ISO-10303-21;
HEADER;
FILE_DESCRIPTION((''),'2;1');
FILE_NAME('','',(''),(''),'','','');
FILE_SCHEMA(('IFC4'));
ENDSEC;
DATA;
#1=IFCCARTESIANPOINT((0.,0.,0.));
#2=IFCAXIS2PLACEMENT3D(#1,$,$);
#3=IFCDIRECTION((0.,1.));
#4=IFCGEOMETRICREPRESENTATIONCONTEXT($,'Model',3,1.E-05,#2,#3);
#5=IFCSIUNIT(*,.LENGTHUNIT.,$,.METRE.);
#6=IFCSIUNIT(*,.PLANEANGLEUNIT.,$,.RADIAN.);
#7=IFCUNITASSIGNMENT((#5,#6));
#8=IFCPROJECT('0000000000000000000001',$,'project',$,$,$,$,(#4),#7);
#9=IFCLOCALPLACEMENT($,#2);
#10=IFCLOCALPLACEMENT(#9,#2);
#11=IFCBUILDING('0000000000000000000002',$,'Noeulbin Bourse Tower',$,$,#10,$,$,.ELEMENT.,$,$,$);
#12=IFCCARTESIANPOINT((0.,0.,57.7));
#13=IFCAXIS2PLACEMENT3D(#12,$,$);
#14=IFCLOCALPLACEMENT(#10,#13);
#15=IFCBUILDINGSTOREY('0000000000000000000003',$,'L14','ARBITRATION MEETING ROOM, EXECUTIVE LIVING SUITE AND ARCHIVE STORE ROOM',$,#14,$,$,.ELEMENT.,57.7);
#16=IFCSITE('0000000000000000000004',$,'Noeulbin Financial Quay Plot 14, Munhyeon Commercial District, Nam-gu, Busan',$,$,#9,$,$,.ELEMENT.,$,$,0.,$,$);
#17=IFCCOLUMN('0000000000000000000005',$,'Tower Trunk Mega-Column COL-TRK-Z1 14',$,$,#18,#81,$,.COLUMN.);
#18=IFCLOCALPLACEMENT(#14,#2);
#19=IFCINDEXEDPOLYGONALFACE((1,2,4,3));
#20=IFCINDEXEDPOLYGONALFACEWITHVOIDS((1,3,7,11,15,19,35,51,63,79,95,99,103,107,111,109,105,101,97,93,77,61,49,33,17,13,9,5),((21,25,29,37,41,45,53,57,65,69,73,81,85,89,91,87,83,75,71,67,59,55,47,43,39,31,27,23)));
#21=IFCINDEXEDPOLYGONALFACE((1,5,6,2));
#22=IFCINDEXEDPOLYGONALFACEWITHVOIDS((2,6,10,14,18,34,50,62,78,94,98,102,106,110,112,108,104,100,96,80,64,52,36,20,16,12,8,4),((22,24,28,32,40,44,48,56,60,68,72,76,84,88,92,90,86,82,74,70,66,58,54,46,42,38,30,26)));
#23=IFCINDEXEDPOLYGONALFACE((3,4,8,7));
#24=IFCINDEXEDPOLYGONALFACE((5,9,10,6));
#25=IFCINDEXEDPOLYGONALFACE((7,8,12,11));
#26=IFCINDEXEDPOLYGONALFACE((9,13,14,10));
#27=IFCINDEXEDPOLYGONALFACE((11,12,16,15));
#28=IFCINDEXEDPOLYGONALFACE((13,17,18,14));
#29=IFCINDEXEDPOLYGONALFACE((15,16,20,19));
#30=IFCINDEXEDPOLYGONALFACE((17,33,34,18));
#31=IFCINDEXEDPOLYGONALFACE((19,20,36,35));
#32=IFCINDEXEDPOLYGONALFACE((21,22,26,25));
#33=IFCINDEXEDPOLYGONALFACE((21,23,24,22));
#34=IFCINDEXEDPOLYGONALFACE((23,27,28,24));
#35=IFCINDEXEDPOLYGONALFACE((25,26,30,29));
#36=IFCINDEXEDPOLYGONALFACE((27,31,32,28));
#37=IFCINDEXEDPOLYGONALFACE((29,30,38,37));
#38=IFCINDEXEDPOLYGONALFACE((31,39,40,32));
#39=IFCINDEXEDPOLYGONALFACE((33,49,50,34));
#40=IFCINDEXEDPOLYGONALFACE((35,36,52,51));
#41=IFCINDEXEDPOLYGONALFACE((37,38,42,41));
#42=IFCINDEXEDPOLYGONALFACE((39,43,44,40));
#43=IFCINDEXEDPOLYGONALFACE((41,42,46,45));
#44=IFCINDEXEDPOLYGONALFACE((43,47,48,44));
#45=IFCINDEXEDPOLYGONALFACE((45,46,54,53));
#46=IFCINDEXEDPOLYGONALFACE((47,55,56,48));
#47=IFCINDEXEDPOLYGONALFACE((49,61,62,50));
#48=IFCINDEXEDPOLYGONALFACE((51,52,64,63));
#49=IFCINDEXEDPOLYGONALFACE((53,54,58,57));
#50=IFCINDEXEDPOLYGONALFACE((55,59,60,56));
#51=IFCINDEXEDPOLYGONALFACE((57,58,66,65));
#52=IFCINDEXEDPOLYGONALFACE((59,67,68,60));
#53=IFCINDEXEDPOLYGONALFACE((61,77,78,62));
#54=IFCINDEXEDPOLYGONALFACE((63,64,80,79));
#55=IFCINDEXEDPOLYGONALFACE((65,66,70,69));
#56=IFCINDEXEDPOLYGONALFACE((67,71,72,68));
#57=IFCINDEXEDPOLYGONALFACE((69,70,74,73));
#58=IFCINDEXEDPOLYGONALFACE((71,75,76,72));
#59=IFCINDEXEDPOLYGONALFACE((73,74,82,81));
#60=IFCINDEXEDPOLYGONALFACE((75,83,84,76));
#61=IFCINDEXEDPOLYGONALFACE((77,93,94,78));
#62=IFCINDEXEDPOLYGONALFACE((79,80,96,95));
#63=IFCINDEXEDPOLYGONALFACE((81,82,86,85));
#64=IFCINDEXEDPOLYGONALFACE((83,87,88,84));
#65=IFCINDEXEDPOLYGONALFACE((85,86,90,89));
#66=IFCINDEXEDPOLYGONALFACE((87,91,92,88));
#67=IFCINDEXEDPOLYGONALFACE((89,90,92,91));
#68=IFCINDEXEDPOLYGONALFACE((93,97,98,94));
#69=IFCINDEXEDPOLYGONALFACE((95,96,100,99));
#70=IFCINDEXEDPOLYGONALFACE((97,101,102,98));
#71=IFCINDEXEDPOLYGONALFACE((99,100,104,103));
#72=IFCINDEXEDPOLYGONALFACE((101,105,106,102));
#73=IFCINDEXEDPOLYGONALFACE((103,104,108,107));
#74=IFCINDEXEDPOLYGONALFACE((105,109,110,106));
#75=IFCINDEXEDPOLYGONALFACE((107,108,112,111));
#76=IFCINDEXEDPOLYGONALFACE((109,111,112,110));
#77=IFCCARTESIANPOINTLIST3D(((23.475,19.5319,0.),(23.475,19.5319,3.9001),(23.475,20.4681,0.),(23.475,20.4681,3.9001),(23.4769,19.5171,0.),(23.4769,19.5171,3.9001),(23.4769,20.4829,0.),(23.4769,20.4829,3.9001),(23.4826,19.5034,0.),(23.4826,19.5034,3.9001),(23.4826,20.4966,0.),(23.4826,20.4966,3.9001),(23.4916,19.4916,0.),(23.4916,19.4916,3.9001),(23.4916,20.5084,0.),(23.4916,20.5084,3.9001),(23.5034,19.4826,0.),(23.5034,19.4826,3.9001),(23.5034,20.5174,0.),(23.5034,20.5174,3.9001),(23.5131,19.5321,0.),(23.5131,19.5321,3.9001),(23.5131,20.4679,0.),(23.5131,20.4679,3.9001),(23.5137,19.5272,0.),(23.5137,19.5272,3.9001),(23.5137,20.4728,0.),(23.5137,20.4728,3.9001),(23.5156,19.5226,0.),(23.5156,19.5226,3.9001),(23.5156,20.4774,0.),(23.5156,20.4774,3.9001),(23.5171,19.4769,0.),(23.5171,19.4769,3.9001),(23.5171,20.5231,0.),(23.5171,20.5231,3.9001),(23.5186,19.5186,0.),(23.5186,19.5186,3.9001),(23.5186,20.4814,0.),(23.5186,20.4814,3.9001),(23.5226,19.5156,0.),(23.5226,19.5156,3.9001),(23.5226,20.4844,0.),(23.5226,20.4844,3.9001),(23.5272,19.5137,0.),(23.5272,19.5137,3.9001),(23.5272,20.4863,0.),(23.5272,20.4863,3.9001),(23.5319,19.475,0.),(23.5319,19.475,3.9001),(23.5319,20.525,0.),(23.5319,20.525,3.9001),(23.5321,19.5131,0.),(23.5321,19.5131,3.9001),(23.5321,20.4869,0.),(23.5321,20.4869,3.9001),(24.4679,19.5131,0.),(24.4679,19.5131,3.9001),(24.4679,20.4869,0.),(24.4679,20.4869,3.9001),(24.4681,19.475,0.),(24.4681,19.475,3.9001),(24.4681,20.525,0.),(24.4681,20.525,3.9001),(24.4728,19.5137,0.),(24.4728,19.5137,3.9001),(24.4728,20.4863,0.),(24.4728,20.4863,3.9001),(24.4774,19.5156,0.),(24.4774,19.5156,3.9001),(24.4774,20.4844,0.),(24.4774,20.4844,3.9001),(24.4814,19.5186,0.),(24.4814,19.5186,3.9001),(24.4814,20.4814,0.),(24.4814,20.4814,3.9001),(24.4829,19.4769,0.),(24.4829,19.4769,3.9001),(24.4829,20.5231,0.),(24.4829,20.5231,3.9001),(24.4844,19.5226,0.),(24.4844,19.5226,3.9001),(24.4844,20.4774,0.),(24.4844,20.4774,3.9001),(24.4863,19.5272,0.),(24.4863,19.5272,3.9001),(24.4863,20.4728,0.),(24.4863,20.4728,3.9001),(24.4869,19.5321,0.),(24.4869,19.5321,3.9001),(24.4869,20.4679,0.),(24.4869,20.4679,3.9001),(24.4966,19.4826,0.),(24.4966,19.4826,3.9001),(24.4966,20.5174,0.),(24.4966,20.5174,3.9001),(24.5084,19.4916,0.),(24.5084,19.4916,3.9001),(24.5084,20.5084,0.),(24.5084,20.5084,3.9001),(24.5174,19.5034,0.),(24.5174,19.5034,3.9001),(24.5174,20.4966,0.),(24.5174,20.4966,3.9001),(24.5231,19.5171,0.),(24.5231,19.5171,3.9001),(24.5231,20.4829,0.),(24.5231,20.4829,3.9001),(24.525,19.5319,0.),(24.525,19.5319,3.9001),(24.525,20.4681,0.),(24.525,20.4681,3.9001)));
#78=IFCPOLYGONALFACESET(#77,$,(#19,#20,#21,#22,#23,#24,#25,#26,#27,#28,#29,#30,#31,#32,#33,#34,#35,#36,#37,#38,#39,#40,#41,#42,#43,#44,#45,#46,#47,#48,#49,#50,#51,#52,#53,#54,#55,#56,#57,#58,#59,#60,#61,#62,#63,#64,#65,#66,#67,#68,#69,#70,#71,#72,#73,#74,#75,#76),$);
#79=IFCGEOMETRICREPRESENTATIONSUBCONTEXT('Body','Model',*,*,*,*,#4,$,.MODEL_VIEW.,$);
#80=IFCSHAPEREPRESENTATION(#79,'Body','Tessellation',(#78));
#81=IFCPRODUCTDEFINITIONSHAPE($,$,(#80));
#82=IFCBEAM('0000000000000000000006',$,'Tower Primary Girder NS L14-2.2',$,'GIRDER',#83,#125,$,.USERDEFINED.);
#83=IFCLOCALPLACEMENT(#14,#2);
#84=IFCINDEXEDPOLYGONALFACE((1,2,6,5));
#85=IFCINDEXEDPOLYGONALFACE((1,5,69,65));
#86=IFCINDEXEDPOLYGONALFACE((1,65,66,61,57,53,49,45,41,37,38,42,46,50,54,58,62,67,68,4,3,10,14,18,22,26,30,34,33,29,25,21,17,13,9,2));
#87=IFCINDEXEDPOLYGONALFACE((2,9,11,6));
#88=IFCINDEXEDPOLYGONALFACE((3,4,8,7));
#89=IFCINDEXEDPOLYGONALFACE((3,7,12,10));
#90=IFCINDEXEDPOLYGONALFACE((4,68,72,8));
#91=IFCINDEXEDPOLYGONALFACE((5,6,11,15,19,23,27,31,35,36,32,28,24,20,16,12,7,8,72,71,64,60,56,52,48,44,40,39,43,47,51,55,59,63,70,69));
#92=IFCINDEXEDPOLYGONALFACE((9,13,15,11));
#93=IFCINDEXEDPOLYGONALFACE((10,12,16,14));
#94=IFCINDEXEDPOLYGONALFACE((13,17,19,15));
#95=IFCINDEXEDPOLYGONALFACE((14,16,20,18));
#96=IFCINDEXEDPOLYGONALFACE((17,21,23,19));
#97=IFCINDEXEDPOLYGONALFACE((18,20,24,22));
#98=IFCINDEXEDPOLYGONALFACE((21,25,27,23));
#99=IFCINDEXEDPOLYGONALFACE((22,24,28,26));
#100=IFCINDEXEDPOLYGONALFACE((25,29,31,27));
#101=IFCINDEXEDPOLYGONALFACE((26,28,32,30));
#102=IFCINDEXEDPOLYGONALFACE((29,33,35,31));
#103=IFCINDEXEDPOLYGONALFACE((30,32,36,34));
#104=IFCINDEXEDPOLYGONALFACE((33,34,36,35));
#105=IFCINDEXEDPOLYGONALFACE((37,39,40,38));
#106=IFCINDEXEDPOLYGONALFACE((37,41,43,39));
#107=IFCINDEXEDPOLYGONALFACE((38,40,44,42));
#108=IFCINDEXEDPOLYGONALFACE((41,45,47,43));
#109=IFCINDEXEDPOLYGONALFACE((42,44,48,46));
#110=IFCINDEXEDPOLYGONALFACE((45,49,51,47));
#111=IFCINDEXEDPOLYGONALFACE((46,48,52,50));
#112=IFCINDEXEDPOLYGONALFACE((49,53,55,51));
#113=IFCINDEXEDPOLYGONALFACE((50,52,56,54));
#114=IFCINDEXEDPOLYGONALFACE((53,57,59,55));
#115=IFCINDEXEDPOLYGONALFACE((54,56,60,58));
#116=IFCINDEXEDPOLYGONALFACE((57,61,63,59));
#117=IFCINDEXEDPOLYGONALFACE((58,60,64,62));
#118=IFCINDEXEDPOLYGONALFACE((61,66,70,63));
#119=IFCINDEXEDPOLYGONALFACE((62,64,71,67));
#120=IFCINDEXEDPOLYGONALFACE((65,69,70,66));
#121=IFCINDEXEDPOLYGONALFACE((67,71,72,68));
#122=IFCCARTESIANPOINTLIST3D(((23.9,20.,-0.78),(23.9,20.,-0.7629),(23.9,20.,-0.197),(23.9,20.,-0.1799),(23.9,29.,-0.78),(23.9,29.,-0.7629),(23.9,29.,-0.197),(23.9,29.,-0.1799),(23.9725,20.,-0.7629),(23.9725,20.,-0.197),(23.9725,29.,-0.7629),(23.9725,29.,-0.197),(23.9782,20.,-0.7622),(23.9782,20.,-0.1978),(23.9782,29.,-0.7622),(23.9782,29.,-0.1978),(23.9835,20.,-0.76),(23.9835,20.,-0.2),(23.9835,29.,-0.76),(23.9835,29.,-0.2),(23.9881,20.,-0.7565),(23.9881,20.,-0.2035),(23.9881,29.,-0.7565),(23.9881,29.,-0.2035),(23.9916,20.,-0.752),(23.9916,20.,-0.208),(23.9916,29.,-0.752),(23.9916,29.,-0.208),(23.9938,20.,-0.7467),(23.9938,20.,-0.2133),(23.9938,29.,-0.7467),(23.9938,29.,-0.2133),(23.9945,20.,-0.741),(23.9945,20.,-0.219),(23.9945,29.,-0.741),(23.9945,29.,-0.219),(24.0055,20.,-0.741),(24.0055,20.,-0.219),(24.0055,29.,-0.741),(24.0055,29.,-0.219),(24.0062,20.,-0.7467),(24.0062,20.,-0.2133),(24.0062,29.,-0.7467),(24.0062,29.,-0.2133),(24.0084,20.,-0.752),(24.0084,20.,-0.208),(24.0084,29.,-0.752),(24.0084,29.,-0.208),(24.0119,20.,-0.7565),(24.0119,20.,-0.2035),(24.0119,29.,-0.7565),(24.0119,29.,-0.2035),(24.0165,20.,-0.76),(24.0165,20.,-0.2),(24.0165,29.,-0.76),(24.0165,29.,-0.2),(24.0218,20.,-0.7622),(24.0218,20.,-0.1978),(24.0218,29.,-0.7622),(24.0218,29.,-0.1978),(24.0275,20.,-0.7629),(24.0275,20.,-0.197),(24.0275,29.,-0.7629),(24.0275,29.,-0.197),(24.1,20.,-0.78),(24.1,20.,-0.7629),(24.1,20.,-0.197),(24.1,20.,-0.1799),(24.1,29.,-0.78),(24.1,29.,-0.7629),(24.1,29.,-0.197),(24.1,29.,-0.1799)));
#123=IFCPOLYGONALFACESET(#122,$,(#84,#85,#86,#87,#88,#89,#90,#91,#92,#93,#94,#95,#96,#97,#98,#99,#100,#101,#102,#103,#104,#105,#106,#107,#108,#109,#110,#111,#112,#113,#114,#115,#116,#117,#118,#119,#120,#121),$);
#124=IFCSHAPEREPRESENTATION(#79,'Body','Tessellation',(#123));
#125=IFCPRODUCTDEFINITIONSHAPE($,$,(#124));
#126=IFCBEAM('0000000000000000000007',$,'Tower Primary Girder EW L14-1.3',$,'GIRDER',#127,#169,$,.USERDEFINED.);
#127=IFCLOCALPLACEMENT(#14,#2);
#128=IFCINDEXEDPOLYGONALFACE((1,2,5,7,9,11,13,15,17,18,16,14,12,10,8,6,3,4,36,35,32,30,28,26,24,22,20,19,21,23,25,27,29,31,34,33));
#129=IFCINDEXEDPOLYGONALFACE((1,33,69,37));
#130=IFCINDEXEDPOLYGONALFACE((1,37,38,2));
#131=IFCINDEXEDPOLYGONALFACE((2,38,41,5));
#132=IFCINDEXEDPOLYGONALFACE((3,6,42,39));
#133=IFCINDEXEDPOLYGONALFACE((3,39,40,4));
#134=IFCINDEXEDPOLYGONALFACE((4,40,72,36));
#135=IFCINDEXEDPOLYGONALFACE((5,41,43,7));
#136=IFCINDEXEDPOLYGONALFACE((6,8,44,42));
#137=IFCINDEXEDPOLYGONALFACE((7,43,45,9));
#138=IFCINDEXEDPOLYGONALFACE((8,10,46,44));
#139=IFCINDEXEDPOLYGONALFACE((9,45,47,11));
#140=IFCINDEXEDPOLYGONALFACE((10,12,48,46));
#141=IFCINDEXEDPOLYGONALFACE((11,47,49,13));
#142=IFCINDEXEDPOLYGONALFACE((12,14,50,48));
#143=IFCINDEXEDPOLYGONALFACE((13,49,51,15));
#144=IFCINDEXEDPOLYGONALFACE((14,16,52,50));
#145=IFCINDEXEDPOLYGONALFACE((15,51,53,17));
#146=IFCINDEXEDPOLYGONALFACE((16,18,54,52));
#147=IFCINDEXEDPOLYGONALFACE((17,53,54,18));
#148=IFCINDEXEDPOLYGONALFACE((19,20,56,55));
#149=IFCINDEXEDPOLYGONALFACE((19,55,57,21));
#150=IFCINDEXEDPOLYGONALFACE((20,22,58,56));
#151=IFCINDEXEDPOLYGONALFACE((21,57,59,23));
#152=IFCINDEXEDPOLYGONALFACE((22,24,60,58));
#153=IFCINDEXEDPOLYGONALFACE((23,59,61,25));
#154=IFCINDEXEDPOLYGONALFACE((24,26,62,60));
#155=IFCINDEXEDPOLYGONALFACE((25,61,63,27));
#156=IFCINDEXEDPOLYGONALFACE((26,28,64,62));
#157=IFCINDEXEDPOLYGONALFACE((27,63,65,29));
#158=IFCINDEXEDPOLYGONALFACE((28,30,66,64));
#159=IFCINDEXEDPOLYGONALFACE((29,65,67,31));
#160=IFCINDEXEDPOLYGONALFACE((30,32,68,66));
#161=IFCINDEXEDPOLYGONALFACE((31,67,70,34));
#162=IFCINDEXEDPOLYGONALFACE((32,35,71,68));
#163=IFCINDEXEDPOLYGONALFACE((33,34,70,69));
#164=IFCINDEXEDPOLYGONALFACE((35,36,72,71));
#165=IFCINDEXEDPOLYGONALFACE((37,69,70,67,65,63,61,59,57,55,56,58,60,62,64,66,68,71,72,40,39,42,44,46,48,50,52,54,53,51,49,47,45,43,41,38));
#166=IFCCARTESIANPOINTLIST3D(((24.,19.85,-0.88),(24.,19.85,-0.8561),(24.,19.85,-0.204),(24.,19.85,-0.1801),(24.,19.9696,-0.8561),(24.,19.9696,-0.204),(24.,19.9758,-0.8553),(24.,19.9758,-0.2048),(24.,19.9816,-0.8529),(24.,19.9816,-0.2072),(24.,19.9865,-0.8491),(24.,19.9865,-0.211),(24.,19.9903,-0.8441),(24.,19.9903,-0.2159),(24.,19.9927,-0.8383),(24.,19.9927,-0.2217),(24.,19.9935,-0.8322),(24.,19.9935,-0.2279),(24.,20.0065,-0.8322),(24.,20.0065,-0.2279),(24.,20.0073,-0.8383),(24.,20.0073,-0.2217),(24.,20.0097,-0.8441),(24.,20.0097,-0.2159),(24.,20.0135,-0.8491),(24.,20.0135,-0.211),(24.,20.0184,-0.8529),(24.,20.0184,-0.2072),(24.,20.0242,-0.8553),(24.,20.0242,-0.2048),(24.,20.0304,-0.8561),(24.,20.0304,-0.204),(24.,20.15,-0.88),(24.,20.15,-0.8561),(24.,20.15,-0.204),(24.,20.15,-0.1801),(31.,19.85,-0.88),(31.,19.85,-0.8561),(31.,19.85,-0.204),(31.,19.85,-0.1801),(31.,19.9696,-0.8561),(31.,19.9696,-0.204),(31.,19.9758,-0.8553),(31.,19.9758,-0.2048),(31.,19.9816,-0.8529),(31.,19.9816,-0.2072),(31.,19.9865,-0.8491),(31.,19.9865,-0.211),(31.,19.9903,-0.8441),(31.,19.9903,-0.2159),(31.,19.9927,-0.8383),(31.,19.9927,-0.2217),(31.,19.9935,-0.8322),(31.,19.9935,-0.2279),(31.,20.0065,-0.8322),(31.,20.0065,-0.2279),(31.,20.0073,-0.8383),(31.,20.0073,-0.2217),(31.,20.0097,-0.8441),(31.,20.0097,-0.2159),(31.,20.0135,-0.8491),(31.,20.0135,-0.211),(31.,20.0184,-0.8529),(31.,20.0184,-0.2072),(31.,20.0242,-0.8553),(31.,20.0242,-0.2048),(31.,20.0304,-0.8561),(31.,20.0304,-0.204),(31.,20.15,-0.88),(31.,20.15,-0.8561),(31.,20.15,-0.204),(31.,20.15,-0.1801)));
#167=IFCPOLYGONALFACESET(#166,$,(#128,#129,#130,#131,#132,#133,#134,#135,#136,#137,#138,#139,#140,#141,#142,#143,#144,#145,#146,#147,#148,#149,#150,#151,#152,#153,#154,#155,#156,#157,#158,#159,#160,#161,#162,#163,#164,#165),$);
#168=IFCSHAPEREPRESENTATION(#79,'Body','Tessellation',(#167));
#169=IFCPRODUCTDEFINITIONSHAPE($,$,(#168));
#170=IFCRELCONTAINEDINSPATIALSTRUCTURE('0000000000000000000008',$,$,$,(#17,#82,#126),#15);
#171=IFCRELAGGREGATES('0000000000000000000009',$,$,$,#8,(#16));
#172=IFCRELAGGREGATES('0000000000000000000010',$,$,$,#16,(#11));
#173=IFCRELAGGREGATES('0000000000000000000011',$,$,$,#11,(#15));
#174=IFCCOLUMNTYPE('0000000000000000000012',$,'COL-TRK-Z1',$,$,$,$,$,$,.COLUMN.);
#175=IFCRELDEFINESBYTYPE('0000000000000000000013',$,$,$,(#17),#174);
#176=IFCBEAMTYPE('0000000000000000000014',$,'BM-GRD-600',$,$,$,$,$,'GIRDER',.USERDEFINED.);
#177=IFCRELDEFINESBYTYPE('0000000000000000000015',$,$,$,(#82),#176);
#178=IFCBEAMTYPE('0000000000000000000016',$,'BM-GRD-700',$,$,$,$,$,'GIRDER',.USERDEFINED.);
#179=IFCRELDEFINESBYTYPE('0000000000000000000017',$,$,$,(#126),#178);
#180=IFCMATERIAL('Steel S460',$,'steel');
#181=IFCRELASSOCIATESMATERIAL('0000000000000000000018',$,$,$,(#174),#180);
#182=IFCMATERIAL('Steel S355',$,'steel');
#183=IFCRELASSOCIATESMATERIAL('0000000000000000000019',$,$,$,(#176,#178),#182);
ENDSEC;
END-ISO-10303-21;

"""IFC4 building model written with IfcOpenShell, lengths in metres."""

from ifc_helpers import new_model, si_unit, direction, frame, origin, origin_2d, place, context, subcontext, project, spatial, hollow_rectangle, i_section, extrude, material, material_profile, profile_set, type_object, element, save


model = new_model("IFC4")

# Units and contexts
model_context = context("Model", 3, precision=1e-05, world=origin(), true_north=direction((0.0, 1.0)))
body_context = subcontext(model_context, "Body", "Model", "MODEL_VIEW")
ifc_project = project(units=[si_unit("LENGTHUNIT", "METRE"), si_unit("PLANEANGLEUNIT", "RADIAN")], contexts=[model_context])

# Site, building, storey
site_placement = place(None, origin())
site = spatial("IfcSite", under=ifc_project, at=site_placement, Name="Noeulbin Financial Quay Plot 14, Munhyeon Commercial District, Nam-gu, Busan", CompositionType="ELEMENT", RefElevation=0.0)
building_placement = place(site_placement, origin())
building = spatial("IfcBuilding", under=site, at=building_placement, Name="Noeulbin Bourse Tower", CompositionType="ELEMENT")
storey_placement = place(building_placement, frame((0.0, 0.0, 57.7)))
storey = spatial("IfcBuildingStorey", under=building, at=storey_placement, Name="L14", Description="ARBITRATION MEETING ROOM, EXECUTIVE LIVING SUITE AND ARCHIVE STORE ROOM", CompositionType="ELEMENT", Elevation=57.7)

# Column
ifc_material_1 = material(Name="Steel S460", Category="steel")
ifc_material_profile_1 = material_profile(ifc_material_1, hollow_rectangle(XDim=1.05, YDim=1.05, WallThickness=0.0381, InnerFilletRadius=0.019, OuterFilletRadius=0.0569, at=origin_2d()), Name="BOX-1050x1050x38", Category="LoadBearing")
ifc_profile_set_1 = profile_set([ifc_material_profile_1], Name="Steel S460")
column_type = type_object("IfcColumnType", Name="COL-TRK-Z1", PredefinedType="COLUMN", material=ifc_profile_set_1)
column_placement = place(storey_placement, frame((24.0, 20.0, 0.0), z_axis=(0.0, 0.0, 1.0), x_axis=(1.0, 0.0, 0.0)))
element("IfcColumn", 1, at=column_placement, inside=storey, type_object=column_type, Name="Tower Trunk Mega-Column COL-TRK-Z1 14", PredefinedType="COLUMN", context=body_context, shape_type="SweptSolid", body=[
    extrude(hollow_rectangle(XDim=1.05, YDim=1.05, WallThickness=0.0381, InnerFilletRadius=0.019, OuterFilletRadius=0.0569, at=origin_2d()), origin(), (0.0, 0.0, 1.0), 3.9001),
])

# Beams
ifc_material_2 = material(Name="Steel S355", Category="steel")
ifc_material_profile_2 = material_profile(ifc_material_2, i_section(OverallWidth=0.2, OverallDepth=0.6001, WebThickness=0.011, FlangeThickness=0.0171, FilletRadius=0.022, at=origin_2d()), Name="H-600x200x11x17", Category="LoadBearing")
ifc_profile_set_2 = profile_set([ifc_material_profile_2], Name="Steel S355")
beam_type_1 = type_object("IfcBeamType", Name="BM-GRD-600", ElementType="GIRDER", PredefinedType="USERDEFINED", material=ifc_profile_set_2)
beam_1_placement = place(storey_placement, frame((24.0, 20.0, -0.48), z_axis=(0.0, 1.0, 0.0), x_axis=(-1.0, 0.0, 0.0)))
element("IfcBeam", 2, at=beam_1_placement, inside=storey, type_object=beam_type_1, Name="Tower Primary Girder NS L14-2.2", ObjectType="GIRDER", PredefinedType="USERDEFINED", context=body_context, shape_type="SweptSolid", body=[
    extrude(i_section(OverallWidth=0.2, OverallDepth=0.6001, WebThickness=0.011, FlangeThickness=0.0171, FilletRadius=0.022, at=origin_2d()), origin(), (0.0, 0.0, 1.0), 9.0),
])
ifc_material_profile_3 = material_profile(ifc_material_2, i_section(OverallWidth=0.3, OverallDepth=0.7, WebThickness=0.0129, FlangeThickness=0.0239, FilletRadius=0.0239, at=origin_2d()), Name="H-700x300x13x24", Category="LoadBearing")
ifc_profile_set_3 = profile_set([ifc_material_profile_3], Name="Steel S355")
beam_type_2 = type_object("IfcBeamType", Name="BM-GRD-700", ElementType="GIRDER", PredefinedType="USERDEFINED", material=ifc_profile_set_3)
beam_2_placement = place(storey_placement, frame((24.0, 20.0, -0.53), z_axis=(1.0, 0.0, 0.0), x_axis=(0.0, 1.0, 0.0)))
element("IfcBeam", 3, at=beam_2_placement, inside=storey, type_object=beam_type_2, Name="Tower Primary Girder EW L14-1.3", ObjectType="GIRDER", PredefinedType="USERDEFINED", context=body_context, shape_type="SweptSolid", body=[
    extrude(i_section(OverallWidth=0.3, OverallDepth=0.7, WebThickness=0.0129, FlangeThickness=0.0239, FilletRadius=0.0239, at=origin_2d()), origin(), (0.0, 0.0, 1.0), 7.0),
])

save(model, "model.ifc")
